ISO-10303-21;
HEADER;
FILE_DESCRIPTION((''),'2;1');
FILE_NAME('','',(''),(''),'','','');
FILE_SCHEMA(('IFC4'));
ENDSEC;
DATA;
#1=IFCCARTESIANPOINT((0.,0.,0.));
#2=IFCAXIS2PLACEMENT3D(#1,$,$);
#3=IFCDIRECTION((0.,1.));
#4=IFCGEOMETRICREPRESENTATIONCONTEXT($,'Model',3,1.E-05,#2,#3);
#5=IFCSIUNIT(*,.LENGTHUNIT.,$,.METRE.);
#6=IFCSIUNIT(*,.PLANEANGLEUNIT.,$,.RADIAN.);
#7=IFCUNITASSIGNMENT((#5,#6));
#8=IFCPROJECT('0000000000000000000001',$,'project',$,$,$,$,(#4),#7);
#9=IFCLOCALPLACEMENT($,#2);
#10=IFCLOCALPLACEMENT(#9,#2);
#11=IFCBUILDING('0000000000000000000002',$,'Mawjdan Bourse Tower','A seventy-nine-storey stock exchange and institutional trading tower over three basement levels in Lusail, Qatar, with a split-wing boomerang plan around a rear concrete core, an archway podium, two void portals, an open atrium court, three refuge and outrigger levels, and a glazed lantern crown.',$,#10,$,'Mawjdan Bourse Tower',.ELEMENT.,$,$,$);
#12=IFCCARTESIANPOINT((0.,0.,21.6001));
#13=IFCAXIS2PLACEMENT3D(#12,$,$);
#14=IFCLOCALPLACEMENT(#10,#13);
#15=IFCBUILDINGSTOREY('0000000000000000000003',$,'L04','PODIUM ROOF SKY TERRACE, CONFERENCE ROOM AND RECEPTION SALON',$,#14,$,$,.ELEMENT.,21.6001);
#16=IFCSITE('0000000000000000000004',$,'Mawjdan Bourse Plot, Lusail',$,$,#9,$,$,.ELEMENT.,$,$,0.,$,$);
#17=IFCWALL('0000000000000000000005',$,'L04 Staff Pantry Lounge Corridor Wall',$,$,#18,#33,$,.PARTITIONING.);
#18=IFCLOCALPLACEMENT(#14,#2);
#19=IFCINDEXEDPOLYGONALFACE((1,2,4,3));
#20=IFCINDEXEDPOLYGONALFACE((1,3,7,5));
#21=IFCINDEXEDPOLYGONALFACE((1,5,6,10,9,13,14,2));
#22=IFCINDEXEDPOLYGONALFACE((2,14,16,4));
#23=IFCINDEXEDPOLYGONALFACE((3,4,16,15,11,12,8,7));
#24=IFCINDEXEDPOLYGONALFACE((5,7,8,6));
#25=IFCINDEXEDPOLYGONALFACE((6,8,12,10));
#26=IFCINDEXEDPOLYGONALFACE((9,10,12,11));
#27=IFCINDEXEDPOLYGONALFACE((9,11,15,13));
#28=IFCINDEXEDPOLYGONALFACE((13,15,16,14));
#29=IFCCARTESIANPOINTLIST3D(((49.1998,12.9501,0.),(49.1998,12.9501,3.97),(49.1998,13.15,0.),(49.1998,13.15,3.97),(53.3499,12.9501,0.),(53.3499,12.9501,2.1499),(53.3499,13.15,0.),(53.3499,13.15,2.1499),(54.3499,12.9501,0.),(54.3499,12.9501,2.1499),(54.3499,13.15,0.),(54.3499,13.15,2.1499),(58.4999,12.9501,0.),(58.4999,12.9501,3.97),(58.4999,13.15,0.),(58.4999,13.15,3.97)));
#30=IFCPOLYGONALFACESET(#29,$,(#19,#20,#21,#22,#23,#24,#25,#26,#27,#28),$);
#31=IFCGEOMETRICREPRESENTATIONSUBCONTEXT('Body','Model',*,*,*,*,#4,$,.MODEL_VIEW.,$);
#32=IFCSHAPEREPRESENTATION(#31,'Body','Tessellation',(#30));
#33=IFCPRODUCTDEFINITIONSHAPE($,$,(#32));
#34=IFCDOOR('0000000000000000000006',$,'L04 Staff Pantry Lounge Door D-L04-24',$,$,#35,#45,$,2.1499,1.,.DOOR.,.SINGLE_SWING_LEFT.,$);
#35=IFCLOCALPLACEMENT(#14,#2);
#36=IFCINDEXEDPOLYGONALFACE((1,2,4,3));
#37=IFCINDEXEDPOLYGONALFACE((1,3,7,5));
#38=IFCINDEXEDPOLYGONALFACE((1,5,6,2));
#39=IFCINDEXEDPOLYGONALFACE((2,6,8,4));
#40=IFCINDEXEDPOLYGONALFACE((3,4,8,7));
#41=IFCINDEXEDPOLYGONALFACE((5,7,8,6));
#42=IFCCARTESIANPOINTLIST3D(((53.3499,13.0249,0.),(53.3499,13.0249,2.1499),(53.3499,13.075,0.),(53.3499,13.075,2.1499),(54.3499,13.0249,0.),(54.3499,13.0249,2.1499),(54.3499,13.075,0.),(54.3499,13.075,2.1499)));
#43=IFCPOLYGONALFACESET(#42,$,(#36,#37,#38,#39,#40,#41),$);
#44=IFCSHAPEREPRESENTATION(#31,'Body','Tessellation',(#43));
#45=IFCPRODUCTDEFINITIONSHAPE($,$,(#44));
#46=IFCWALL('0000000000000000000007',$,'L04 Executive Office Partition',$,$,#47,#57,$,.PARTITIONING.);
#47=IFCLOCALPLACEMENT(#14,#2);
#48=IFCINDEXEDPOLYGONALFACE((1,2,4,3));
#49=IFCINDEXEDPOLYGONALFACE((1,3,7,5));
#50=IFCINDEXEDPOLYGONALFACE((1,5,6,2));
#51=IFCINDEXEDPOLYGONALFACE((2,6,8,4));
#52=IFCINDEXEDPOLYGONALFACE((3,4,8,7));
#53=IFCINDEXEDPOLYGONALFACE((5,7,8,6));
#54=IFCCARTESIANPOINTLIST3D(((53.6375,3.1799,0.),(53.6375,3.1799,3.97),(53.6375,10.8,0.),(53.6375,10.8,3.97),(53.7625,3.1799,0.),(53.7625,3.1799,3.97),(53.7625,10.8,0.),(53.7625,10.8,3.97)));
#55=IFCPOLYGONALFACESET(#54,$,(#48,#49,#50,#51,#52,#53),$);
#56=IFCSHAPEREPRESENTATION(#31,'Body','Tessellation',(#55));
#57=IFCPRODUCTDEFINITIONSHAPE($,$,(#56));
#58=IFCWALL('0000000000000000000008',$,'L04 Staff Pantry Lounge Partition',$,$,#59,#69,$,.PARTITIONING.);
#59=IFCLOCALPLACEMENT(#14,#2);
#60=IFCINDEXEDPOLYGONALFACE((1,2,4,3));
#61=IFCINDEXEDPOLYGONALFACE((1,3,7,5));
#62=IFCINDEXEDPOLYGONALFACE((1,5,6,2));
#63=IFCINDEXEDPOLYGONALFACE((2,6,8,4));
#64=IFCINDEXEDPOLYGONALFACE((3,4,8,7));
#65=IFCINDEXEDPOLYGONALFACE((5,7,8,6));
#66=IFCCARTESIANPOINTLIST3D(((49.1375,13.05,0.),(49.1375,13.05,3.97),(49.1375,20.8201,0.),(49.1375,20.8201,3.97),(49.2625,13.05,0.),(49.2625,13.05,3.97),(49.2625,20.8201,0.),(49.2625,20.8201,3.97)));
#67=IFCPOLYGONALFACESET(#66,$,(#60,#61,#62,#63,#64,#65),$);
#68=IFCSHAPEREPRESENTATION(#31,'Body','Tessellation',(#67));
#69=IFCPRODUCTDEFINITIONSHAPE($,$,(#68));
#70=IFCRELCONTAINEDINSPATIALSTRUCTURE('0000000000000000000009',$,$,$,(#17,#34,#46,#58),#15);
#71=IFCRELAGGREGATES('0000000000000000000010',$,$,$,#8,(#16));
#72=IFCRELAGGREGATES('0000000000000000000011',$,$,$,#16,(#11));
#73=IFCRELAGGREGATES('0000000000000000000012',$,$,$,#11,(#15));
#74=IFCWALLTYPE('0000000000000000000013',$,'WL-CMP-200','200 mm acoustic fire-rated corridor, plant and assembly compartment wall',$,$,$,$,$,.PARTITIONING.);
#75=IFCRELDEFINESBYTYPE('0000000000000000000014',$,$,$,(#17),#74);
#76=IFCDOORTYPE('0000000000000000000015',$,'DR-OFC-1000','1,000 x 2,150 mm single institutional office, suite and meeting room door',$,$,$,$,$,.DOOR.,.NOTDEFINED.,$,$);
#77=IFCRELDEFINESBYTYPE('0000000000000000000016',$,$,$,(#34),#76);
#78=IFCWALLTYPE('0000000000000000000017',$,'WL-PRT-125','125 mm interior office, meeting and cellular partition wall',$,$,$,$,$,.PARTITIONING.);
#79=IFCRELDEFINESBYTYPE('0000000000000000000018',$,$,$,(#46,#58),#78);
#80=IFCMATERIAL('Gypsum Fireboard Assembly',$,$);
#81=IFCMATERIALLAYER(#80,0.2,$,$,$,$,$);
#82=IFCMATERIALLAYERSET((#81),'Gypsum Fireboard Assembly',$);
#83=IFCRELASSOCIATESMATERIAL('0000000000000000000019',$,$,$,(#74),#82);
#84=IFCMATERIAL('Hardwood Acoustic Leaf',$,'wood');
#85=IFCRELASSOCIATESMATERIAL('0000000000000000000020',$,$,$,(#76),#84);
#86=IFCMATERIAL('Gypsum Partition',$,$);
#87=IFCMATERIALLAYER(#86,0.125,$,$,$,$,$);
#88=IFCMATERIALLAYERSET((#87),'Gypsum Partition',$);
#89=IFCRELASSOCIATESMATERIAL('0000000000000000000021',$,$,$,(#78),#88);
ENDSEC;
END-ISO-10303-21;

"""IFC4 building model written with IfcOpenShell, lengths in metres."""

from ifc_helpers import new_model, si_unit, direction, frame, frame_2d, origin, place, context, subcontext, project, spatial, rectangle, extrude, material, layer, layer_set, type_object, element, fill, save


model = new_model("IFC4")

# Units and contexts
model_context = context("Model", 3, precision=1e-05, world=origin(), true_north=direction((0.0, 1.0)))
body_context = subcontext(model_context, "Body", "Model", "MODEL_VIEW")
ifc_project = project(units=[si_unit("LENGTHUNIT", "METRE"), si_unit("PLANEANGLEUNIT", "RADIAN")], contexts=[model_context])

# Site, building, storey
site_placement = place(None, origin())
site = spatial("IfcSite", under=ifc_project, at=site_placement, Name="Mawjdan Bourse Plot, Lusail", CompositionType="ELEMENT", RefElevation=0.0)
building_placement = place(site_placement, origin())
building = spatial("IfcBuilding", under=site, at=building_placement, Name="Mawjdan Bourse Tower", Description="A seventy-nine-storey stock exchange and institutional trading tower over three basement levels in Lusail, Qatar, with a split-wing boomerang plan around a rear concrete core, an archway podium, two void portals, an open atrium court, three refuge and outrigger levels, and a glazed lantern crown.", LongName="Mawjdan Bourse Tower", CompositionType="ELEMENT")
storey_placement = place(building_placement, frame((0.0, 0.0, 21.6001)))
storey = spatial("IfcBuildingStorey", under=building, at=storey_placement, Name="L04", Description="PODIUM ROOF SKY TERRACE, CONFERENCE ROOM AND RECEPTION SALON", CompositionType="ELEMENT", Elevation=21.6001)

# Wall, opening, door
ifc_material_1 = material(Name="Gypsum Fireboard Assembly")
ifc_layer_1 = layer(ifc_material_1, 0.2)
ifc_layer_set_1 = layer_set([ifc_layer_1], Name="Gypsum Fireboard Assembly")
wall_type_1 = type_object("IfcWallType", Name="WL-CMP-200", Description="200 mm acoustic fire-rated corridor, plant and assembly compartment wall", PredefinedType="PARTITIONING", material=ifc_layer_set_1)
ifc_material_2 = material(Name="Hardwood Acoustic Leaf", Category="wood")
door_type = type_object("IfcDoorType", Name="DR-OFC-1000", Description="1,000 x 2,150 mm single institutional office, suite and meeting room door", OperationType="NOTDEFINED", PredefinedType="DOOR", material=ifc_material_2)
wall_1_placement = place(storey_placement, frame((49.2, 13.05, 0.0), z_axis=(0.0, 0.0, 1.0), x_axis=(1.0, 0.0, 0.0)))
wall_1 = element("IfcWall", 1, at=wall_1_placement, inside=storey, type_object=wall_type_1, Name="L04 Staff Pantry Lounge Corridor Wall", PredefinedType="PARTITIONING", context=body_context, shape_type="SweptSolid", body=[
    extrude(rectangle(XDim=9.3, YDim=0.2, at=frame_2d((4.6499, 0.0))), origin(), (0.0, 0.0, 1.0), 3.97),
])
opening_1_placement = place(wall_1_placement, frame((4.1499, 0.0, 0.0)))
opening_1 = element("IfcOpeningElement", 2, at=opening_1_placement, cuts=wall_1, PredefinedType="OPENING", context=body_context, shape_type="SweptSolid", body=[
    extrude(rectangle(XDim=1.0, YDim=2.1499, at=frame_2d((0.5, 1.075))), frame((0.0, 0.1099, 0.0), z_axis=(0.0, -1.0, 0.0), x_axis=(1.0, 0.0, 0.0)), (0.0, 0.0, 1.0), 0.22),
])
door_1_placement = place(opening_1_placement, origin())
door_1 = element("IfcDoor", 3, at=door_1_placement, inside=storey, type_object=door_type, Name="L04 Staff Pantry Lounge Door D-L04-24", OperationType="SINGLE_SWING_LEFT", OverallHeight=2.1499, OverallWidth=1.0, PredefinedType="DOOR", context=body_context, shape_type="SweptSolid", body=[
    extrude(rectangle(XDim=1.0, YDim=2.1499, at=frame_2d((0.5, 1.075))), frame((0.0, 0.0249, 0.0), z_axis=(0.0, -1.0, 0.0), x_axis=(1.0, 0.0, 0.0)), (0.0, 0.0, 1.0), 0.05),
])
fill(opening_1, door_1)

# Walls
ifc_material_3 = material(Name="Gypsum Partition")
ifc_layer_2 = layer(ifc_material_3, 0.125)
ifc_layer_set_2 = layer_set([ifc_layer_2], Name="Gypsum Partition")
wall_type_2 = type_object("IfcWallType", Name="WL-PRT-125", Description="125 mm interior office, meeting and cellular partition wall", PredefinedType="PARTITIONING", material=ifc_layer_set_2)
wall_2_placement = place(storey_placement, frame((53.7, 3.1799, 0.0), z_axis=(0.0, 0.0, 1.0), x_axis=(0.0, 1.0, 0.0)))
element("IfcWall", 4, at=wall_2_placement, inside=storey, type_object=wall_type_2, Name="L04 Executive Office Partition", PredefinedType="PARTITIONING", context=body_context, shape_type="SweptSolid", body=[
    extrude(rectangle(XDim=7.6201, YDim=0.125, at=frame_2d((3.8101, 0.0))), origin(), (0.0, 0.0, 1.0), 3.97),
])
wall_3_placement = place(storey_placement, frame((49.2, 13.05, 0.0), z_axis=(0.0, 0.0, 1.0), x_axis=(0.0, 1.0, 0.0)))
element("IfcWall", 5, at=wall_3_placement, inside=storey, type_object=wall_type_2, Name="L04 Staff Pantry Lounge Partition", PredefinedType="PARTITIONING", context=body_context, shape_type="SweptSolid", body=[
    extrude(rectangle(XDim=7.77, YDim=0.125, at=frame_2d((3.885, 0.0))), origin(), (0.0, 0.0, 1.0), 3.97),
])

save(model, "model.ifc")
